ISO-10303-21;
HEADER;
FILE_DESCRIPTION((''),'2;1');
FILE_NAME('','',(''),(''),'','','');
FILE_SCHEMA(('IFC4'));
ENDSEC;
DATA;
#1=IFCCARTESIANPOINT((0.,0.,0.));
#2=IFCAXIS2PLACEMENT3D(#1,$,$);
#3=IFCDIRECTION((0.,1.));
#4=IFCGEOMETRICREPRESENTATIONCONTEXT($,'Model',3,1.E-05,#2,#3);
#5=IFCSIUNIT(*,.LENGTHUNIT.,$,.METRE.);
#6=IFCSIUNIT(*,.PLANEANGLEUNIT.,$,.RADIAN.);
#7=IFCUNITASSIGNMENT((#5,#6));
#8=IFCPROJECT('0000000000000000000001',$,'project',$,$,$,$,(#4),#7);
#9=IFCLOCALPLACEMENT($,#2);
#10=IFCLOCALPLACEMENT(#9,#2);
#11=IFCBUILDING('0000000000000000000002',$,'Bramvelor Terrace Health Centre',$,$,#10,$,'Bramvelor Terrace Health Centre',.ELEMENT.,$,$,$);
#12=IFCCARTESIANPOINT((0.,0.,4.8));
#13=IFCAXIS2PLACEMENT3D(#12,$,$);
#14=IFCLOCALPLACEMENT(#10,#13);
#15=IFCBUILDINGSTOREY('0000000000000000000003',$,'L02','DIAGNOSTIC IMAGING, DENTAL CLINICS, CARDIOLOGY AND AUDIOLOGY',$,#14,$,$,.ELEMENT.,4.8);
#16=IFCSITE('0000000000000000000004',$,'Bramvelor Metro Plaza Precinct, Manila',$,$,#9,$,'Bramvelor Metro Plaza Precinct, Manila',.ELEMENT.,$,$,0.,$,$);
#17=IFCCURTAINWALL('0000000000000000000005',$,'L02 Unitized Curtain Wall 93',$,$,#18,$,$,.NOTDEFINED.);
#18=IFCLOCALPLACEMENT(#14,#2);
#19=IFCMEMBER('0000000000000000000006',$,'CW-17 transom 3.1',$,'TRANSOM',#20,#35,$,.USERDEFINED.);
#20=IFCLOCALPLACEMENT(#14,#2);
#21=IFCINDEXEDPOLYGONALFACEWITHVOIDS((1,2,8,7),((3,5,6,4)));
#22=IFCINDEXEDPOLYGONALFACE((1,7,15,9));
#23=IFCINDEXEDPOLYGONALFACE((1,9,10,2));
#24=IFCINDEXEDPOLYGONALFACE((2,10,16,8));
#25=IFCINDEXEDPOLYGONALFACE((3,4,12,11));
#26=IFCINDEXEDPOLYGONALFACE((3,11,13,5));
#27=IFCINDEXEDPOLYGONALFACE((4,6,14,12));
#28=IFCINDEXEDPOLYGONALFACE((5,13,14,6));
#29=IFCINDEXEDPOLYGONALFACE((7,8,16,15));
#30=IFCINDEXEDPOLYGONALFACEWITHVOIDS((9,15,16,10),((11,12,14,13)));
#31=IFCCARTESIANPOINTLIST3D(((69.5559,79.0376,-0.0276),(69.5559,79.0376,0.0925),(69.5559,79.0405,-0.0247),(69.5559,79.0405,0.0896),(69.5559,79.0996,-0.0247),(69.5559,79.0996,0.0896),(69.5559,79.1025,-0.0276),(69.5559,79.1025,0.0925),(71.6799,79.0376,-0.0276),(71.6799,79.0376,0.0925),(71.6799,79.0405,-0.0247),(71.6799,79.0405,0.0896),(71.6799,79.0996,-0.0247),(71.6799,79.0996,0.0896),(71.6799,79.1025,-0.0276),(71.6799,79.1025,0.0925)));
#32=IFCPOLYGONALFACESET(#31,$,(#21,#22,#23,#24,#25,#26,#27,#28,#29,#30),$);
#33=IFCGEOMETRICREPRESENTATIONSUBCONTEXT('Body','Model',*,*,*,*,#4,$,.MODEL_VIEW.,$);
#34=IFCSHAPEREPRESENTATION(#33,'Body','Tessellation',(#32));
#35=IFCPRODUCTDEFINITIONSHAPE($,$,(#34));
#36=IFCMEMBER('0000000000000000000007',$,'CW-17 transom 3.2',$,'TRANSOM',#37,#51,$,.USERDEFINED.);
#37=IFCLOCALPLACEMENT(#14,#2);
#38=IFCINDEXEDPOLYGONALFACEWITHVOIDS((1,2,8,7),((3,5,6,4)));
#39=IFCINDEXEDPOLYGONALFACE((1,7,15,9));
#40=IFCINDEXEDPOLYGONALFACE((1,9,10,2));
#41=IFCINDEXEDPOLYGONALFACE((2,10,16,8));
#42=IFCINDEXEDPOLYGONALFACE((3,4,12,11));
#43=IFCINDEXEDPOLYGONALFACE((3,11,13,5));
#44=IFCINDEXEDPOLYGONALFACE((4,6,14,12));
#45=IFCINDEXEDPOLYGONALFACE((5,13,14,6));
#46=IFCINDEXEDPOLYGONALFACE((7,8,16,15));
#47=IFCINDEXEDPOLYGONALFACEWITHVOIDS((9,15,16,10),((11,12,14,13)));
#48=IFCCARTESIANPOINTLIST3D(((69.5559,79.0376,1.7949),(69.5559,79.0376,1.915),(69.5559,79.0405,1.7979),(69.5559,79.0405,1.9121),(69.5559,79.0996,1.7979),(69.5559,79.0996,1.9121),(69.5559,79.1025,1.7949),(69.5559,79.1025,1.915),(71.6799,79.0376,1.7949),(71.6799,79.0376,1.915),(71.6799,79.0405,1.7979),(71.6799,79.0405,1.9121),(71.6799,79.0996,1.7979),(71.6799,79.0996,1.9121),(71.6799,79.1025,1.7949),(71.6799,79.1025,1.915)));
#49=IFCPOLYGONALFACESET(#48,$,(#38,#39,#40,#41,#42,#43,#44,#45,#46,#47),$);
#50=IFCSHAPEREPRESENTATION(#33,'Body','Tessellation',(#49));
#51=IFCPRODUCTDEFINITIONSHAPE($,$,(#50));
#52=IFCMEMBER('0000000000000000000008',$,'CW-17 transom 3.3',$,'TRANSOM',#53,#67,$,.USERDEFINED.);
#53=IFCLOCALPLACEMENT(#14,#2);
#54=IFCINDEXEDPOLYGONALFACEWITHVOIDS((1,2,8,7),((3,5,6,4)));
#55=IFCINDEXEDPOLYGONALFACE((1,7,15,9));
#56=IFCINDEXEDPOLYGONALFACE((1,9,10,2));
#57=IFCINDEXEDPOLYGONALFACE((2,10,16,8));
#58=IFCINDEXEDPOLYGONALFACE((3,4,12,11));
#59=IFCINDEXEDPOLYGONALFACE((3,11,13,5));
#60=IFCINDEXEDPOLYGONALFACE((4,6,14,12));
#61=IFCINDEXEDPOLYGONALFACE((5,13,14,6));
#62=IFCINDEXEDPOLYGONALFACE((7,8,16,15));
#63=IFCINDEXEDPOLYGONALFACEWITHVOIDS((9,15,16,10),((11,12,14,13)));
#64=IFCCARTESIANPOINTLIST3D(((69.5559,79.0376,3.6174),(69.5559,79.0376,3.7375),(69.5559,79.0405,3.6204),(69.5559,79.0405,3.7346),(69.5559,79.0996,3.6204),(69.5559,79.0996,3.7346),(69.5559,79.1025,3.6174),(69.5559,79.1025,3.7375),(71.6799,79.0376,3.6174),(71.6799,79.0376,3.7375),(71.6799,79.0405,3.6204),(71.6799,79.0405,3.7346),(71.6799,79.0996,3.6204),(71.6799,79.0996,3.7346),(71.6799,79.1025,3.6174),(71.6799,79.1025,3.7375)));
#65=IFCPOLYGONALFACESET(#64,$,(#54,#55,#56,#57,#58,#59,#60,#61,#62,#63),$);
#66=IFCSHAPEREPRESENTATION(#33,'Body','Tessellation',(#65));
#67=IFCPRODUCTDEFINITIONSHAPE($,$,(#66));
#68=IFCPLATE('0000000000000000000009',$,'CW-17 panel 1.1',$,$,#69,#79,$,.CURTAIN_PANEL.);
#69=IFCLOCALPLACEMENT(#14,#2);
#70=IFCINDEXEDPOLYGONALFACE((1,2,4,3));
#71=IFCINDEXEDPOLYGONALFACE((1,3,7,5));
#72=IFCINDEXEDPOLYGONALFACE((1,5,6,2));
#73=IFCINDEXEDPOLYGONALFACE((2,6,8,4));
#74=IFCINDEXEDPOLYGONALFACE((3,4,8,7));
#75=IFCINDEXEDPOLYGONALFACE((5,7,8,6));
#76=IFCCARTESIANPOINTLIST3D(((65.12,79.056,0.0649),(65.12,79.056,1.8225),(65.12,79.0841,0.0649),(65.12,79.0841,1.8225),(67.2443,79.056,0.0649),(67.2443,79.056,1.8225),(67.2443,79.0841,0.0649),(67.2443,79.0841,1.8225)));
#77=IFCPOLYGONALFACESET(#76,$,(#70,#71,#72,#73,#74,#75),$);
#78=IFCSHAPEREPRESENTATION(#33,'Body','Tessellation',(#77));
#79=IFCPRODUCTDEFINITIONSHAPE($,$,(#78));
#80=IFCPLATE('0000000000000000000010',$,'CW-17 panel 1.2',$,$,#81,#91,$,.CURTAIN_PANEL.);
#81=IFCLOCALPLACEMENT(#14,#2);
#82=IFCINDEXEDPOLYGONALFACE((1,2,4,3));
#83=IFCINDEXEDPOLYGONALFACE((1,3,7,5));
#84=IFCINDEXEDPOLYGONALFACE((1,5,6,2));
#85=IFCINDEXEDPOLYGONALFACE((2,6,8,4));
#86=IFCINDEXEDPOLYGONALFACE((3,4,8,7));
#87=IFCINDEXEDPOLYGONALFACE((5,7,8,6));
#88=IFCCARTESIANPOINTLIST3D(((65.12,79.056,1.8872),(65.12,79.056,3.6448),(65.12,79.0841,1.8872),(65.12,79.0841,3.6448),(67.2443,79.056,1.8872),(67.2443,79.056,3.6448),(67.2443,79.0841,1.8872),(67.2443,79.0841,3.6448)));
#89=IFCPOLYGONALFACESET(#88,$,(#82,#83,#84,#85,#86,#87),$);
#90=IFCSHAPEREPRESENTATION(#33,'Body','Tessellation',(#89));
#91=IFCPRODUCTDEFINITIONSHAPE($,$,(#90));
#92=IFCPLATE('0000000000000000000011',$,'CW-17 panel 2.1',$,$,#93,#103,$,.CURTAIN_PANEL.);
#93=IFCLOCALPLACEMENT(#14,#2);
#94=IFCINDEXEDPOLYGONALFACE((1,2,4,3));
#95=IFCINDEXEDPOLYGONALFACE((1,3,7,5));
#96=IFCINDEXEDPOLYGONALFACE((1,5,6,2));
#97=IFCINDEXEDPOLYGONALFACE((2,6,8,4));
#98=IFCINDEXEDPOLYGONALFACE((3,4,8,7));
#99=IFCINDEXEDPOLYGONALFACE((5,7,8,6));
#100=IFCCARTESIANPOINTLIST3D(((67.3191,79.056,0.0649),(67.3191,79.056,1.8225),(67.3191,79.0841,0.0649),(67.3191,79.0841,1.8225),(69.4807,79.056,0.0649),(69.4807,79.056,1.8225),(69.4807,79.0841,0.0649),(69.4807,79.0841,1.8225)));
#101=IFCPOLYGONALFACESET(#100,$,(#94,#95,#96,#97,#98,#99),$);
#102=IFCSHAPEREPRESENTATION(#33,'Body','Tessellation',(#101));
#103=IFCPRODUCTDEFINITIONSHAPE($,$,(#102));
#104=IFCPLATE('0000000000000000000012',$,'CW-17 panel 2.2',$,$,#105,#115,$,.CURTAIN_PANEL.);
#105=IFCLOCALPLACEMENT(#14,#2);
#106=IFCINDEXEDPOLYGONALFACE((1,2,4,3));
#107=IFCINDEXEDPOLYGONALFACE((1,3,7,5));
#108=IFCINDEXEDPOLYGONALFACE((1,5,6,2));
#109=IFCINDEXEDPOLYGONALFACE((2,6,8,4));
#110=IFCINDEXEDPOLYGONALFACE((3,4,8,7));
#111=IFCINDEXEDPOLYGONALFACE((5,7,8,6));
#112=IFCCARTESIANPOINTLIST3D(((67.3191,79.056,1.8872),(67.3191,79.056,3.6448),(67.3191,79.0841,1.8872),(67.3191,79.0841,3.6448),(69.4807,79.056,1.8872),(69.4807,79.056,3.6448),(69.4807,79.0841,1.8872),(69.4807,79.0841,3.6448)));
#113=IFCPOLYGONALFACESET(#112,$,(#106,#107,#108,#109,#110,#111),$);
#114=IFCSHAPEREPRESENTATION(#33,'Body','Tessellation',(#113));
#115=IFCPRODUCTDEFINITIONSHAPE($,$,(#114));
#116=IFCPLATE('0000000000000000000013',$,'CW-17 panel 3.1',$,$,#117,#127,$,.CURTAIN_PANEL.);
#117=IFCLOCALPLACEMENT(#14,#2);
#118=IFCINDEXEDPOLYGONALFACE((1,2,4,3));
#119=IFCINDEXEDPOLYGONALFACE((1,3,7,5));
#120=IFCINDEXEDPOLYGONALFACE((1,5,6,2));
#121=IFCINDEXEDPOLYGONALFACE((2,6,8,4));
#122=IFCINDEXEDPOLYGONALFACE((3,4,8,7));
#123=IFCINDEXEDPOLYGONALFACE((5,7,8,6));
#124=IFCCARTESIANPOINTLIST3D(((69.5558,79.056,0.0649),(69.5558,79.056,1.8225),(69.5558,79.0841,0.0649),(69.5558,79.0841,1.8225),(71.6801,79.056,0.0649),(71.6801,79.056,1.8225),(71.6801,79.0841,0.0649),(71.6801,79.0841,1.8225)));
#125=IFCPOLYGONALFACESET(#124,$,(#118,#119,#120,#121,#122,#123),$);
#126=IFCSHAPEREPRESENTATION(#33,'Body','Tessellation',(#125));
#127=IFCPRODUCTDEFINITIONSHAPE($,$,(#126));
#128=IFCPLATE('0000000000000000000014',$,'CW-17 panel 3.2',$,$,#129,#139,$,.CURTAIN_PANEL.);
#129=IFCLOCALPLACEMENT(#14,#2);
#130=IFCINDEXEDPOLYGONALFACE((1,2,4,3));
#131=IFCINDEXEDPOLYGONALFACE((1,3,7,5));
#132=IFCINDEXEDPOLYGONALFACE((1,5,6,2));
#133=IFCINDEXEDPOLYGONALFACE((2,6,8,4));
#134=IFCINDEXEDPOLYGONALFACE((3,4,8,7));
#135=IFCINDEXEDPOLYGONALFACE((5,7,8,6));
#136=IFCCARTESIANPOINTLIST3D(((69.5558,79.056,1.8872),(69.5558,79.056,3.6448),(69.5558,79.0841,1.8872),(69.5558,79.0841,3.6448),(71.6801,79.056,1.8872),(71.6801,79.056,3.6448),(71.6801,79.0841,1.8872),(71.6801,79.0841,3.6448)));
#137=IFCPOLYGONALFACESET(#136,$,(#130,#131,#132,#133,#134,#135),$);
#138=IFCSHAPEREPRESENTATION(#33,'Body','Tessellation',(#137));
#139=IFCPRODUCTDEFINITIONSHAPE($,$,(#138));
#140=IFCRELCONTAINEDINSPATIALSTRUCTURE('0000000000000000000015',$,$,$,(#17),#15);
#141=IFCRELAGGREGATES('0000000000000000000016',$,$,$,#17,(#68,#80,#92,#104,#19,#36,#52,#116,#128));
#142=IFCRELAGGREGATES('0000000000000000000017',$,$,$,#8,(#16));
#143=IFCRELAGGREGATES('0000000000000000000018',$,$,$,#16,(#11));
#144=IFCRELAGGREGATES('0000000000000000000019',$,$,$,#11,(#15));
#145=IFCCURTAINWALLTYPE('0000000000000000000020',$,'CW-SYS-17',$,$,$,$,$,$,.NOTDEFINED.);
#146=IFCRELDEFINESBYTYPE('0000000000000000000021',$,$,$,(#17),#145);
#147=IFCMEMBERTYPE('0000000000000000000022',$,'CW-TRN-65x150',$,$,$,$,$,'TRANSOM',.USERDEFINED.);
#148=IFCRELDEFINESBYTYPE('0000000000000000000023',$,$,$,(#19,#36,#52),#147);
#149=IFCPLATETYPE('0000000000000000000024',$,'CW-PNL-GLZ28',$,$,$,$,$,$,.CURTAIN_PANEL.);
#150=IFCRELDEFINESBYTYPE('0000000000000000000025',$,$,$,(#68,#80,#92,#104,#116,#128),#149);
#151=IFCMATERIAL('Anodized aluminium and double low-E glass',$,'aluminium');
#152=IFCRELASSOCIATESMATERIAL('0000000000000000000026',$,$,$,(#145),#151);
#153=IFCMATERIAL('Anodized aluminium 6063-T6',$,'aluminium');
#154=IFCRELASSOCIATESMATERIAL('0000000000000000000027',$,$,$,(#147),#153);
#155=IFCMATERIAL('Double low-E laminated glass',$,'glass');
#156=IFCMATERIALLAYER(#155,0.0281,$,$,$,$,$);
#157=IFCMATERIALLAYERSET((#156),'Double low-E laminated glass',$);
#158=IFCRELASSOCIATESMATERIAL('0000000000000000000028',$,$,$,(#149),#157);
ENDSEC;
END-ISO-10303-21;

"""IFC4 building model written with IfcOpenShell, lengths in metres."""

from ifc_helpers import new_model, si_unit, direction, frame, origin, origin_2d, place, context, subcontext, project, spatial, rectangle, hollow_rectangle, extrude, material, layer, layer_set, material_profile, profile_set, type_object, element, aggregate, save


model = new_model("IFC4")

# Units and contexts
model_context = context("Model", 3, precision=1e-05, world=origin(), true_north=direction((0.0, 1.0)))
body_context = subcontext(model_context, "Body", "Model", "MODEL_VIEW")
ifc_project = project(units=[si_unit("LENGTHUNIT", "METRE"), si_unit("PLANEANGLEUNIT", "RADIAN")], contexts=[model_context])

# Site, building, storey
site_placement = place(None, origin())
site = spatial("IfcSite", under=ifc_project, at=site_placement, Name="Bramvelor Metro Plaza Precinct, Manila", LongName="Bramvelor Metro Plaza Precinct, Manila", CompositionType="ELEMENT", RefElevation=0.0)
building_placement = place(site_placement, origin())
building = spatial("IfcBuilding", under=site, at=building_placement, Name="Bramvelor Terrace Health Centre", LongName="Bramvelor Terrace Health Centre", CompositionType="ELEMENT")
storey_placement = place(building_placement, frame((0.0, 0.0, 4.8)))
storey = spatial("IfcBuildingStorey", under=building, at=storey_placement, Name="L02", Description="DIAGNOSTIC IMAGING, DENTAL CLINICS, CARDIOLOGY AND AUDIOLOGY", CompositionType="ELEMENT", Elevation=4.8)

# Curtain wall
ifc_material_1 = material(Name="Anodized aluminium and double low-E glass", Category="aluminium")
curtain_wall_type = type_object("IfcCurtainWallType", Name="CW-SYS-17", PredefinedType="NOTDEFINED", material=ifc_material_1)
curtain_wall_1_placement = place(storey_placement, origin())
curtain_wall_1 = element("IfcCurtainWall", 1, at=curtain_wall_1_placement, inside=storey, type_object=curtain_wall_type, Name="L02 Unitized Curtain Wall 93", PredefinedType="NOTDEFINED")

# Members
ifc_material_2 = material(Name="Anodized aluminium 6063-T6", Category="aluminium")
ifc_material_profile_1 = material_profile(ifc_material_2, hollow_rectangle(XDim=0.0649, YDim=0.1201, WallThickness=0.0029, at=origin_2d()), Name="ALU-TRN 65x120x3.0")
ifc_profile_set_1 = profile_set([ifc_material_profile_1], Name="Anodized aluminium 6063-T6")
member_type_1 = type_object("IfcMemberType", Name="CW-TRN-65x150", ElementType="TRANSOM", PredefinedType="USERDEFINED", material=ifc_profile_set_1)
member_1_placement = place(storey_placement, frame((69.5559, 79.0701, 0.0325), z_axis=(1.0, 0.0, 0.0), x_axis=(0.0, 1.0, 0.0)))
member_1 = element("IfcMember", 2, at=member_1_placement, type_object=member_type_1, Name="CW-17 transom 3.1", ObjectType="TRANSOM", PredefinedType="USERDEFINED", context=body_context, shape_type="SweptSolid", body=[
    extrude(hollow_rectangle(XDim=0.0649, YDim=0.1201, WallThickness=0.0029, at=origin_2d()), origin(), (0.0, 0.0, 1.0), 2.124),
])
member_2_placement = place(storey_placement, frame((69.5559, 79.0701, 1.855), z_axis=(1.0, 0.0, 0.0), x_axis=(0.0, 1.0, 0.0)))
member_2 = element("IfcMember", 3, at=member_2_placement, type_object=member_type_1, Name="CW-17 transom 3.2", ObjectType="TRANSOM", PredefinedType="USERDEFINED", context=body_context, shape_type="SweptSolid", body=[
    extrude(hollow_rectangle(XDim=0.0649, YDim=0.1201, WallThickness=0.0029, at=origin_2d()), origin(), (0.0, 0.0, 1.0), 2.124),
])
member_3_placement = place(storey_placement, frame((69.5559, 79.0701, 3.6775), z_axis=(1.0, 0.0, 0.0), x_axis=(0.0, 1.0, 0.0)))
member_3 = element("IfcMember", 4, at=member_3_placement, type_object=member_type_1, Name="CW-17 transom 3.3", ObjectType="TRANSOM", PredefinedType="USERDEFINED", context=body_context, shape_type="SweptSolid", body=[
    extrude(hollow_rectangle(XDim=0.0649, YDim=0.1201, WallThickness=0.0029, at=origin_2d()), origin(), (0.0, 0.0, 1.0), 2.124),
])

# Plates
ifc_material_3 = material(Name="Double low-E laminated glass", Category="glass")
ifc_layer = layer(ifc_material_3, 0.0281)
ifc_layer_set = layer_set([ifc_layer], Name="Double low-E laminated glass")
plate_type = type_object("IfcPlateType", Name="CW-PNL-GLZ28", PredefinedType="CURTAIN_PANEL", material=ifc_layer_set)
plate_1_placement = place(storey_placement, frame((66.1821, 79.0701, 0.0649), z_axis=(0.0, 0.0, 1.0), x_axis=(1.0, 0.0, 0.0)))
plate_1 = element("IfcPlate", 5, at=plate_1_placement, type_object=plate_type, Name="CW-17 panel 1.1", PredefinedType="CURTAIN_PANEL", context=body_context, shape_type="SweptSolid", body=[
    extrude(rectangle(XDim=2.1243, YDim=0.0281, at=origin_2d()), origin(), (0.0, 0.0, 1.0), 1.7576),
])
plate_2_placement = place(storey_placement, frame((66.1821, 79.0701, 1.8872), z_axis=(0.0, 0.0, 1.0), x_axis=(1.0, 0.0, 0.0)))
plate_2 = element("IfcPlate", 6, at=plate_2_placement, type_object=plate_type, Name="CW-17 panel 1.2", PredefinedType="CURTAIN_PANEL", context=body_context, shape_type="SweptSolid", body=[
    extrude(rectangle(XDim=2.1243, YDim=0.0281, at=origin_2d()), origin(), (0.0, 0.0, 1.0), 1.7576),
])
plate_3_placement = place(storey_placement, frame((68.3999, 79.0701, 0.0649), z_axis=(0.0, 0.0, 1.0), x_axis=(1.0, 0.0, 0.0)))
plate_3 = element("IfcPlate", 7, at=plate_3_placement, type_object=plate_type, Name="CW-17 panel 2.1", PredefinedType="CURTAIN_PANEL", context=body_context, shape_type="SweptSolid", body=[
    extrude(rectangle(XDim=2.1616, YDim=0.0281, at=origin_2d()), origin(), (0.0, 0.0, 1.0), 1.7576),
])
plate_4_placement = place(storey_placement, frame((68.3999, 79.0701, 1.8872), z_axis=(0.0, 0.0, 1.0), x_axis=(1.0, 0.0, 0.0)))
plate_4 = element("IfcPlate", 8, at=plate_4_placement, type_object=plate_type, Name="CW-17 panel 2.2", PredefinedType="CURTAIN_PANEL", context=body_context, shape_type="SweptSolid", body=[
    extrude(rectangle(XDim=2.1616, YDim=0.0281, at=origin_2d()), origin(), (0.0, 0.0, 1.0), 1.7576),
])
plate_5_placement = place(storey_placement, frame((70.6179, 79.0701, 0.0649), z_axis=(0.0, 0.0, 1.0), x_axis=(1.0, 0.0, 0.0)))
plate_5 = element("IfcPlate", 9, at=plate_5_placement, type_object=plate_type, Name="CW-17 panel 3.1", PredefinedType="CURTAIN_PANEL", context=body_context, shape_type="SweptSolid", body=[
    extrude(rectangle(XDim=2.1243, YDim=0.0281, at=origin_2d()), origin(), (0.0, 0.0, 1.0), 1.7576),
])
plate_6_placement = place(storey_placement, frame((70.6179, 79.0701, 1.8872), z_axis=(0.0, 0.0, 1.0), x_axis=(1.0, 0.0, 0.0)))
plate_6 = element("IfcPlate", 10, at=plate_6_placement, type_object=plate_type, Name="CW-17 panel 3.2", PredefinedType="CURTAIN_PANEL", context=body_context, shape_type="SweptSolid", body=[
    extrude(rectangle(XDim=2.1243, YDim=0.0281, at=origin_2d()), origin(), (0.0, 0.0, 1.0), 1.7576),
])
aggregate(curtain_wall_1, [plate_1, plate_2, plate_3, plate_4, member_1, member_2, member_3, plate_5, plate_6])

save(model, "model.ifc")
